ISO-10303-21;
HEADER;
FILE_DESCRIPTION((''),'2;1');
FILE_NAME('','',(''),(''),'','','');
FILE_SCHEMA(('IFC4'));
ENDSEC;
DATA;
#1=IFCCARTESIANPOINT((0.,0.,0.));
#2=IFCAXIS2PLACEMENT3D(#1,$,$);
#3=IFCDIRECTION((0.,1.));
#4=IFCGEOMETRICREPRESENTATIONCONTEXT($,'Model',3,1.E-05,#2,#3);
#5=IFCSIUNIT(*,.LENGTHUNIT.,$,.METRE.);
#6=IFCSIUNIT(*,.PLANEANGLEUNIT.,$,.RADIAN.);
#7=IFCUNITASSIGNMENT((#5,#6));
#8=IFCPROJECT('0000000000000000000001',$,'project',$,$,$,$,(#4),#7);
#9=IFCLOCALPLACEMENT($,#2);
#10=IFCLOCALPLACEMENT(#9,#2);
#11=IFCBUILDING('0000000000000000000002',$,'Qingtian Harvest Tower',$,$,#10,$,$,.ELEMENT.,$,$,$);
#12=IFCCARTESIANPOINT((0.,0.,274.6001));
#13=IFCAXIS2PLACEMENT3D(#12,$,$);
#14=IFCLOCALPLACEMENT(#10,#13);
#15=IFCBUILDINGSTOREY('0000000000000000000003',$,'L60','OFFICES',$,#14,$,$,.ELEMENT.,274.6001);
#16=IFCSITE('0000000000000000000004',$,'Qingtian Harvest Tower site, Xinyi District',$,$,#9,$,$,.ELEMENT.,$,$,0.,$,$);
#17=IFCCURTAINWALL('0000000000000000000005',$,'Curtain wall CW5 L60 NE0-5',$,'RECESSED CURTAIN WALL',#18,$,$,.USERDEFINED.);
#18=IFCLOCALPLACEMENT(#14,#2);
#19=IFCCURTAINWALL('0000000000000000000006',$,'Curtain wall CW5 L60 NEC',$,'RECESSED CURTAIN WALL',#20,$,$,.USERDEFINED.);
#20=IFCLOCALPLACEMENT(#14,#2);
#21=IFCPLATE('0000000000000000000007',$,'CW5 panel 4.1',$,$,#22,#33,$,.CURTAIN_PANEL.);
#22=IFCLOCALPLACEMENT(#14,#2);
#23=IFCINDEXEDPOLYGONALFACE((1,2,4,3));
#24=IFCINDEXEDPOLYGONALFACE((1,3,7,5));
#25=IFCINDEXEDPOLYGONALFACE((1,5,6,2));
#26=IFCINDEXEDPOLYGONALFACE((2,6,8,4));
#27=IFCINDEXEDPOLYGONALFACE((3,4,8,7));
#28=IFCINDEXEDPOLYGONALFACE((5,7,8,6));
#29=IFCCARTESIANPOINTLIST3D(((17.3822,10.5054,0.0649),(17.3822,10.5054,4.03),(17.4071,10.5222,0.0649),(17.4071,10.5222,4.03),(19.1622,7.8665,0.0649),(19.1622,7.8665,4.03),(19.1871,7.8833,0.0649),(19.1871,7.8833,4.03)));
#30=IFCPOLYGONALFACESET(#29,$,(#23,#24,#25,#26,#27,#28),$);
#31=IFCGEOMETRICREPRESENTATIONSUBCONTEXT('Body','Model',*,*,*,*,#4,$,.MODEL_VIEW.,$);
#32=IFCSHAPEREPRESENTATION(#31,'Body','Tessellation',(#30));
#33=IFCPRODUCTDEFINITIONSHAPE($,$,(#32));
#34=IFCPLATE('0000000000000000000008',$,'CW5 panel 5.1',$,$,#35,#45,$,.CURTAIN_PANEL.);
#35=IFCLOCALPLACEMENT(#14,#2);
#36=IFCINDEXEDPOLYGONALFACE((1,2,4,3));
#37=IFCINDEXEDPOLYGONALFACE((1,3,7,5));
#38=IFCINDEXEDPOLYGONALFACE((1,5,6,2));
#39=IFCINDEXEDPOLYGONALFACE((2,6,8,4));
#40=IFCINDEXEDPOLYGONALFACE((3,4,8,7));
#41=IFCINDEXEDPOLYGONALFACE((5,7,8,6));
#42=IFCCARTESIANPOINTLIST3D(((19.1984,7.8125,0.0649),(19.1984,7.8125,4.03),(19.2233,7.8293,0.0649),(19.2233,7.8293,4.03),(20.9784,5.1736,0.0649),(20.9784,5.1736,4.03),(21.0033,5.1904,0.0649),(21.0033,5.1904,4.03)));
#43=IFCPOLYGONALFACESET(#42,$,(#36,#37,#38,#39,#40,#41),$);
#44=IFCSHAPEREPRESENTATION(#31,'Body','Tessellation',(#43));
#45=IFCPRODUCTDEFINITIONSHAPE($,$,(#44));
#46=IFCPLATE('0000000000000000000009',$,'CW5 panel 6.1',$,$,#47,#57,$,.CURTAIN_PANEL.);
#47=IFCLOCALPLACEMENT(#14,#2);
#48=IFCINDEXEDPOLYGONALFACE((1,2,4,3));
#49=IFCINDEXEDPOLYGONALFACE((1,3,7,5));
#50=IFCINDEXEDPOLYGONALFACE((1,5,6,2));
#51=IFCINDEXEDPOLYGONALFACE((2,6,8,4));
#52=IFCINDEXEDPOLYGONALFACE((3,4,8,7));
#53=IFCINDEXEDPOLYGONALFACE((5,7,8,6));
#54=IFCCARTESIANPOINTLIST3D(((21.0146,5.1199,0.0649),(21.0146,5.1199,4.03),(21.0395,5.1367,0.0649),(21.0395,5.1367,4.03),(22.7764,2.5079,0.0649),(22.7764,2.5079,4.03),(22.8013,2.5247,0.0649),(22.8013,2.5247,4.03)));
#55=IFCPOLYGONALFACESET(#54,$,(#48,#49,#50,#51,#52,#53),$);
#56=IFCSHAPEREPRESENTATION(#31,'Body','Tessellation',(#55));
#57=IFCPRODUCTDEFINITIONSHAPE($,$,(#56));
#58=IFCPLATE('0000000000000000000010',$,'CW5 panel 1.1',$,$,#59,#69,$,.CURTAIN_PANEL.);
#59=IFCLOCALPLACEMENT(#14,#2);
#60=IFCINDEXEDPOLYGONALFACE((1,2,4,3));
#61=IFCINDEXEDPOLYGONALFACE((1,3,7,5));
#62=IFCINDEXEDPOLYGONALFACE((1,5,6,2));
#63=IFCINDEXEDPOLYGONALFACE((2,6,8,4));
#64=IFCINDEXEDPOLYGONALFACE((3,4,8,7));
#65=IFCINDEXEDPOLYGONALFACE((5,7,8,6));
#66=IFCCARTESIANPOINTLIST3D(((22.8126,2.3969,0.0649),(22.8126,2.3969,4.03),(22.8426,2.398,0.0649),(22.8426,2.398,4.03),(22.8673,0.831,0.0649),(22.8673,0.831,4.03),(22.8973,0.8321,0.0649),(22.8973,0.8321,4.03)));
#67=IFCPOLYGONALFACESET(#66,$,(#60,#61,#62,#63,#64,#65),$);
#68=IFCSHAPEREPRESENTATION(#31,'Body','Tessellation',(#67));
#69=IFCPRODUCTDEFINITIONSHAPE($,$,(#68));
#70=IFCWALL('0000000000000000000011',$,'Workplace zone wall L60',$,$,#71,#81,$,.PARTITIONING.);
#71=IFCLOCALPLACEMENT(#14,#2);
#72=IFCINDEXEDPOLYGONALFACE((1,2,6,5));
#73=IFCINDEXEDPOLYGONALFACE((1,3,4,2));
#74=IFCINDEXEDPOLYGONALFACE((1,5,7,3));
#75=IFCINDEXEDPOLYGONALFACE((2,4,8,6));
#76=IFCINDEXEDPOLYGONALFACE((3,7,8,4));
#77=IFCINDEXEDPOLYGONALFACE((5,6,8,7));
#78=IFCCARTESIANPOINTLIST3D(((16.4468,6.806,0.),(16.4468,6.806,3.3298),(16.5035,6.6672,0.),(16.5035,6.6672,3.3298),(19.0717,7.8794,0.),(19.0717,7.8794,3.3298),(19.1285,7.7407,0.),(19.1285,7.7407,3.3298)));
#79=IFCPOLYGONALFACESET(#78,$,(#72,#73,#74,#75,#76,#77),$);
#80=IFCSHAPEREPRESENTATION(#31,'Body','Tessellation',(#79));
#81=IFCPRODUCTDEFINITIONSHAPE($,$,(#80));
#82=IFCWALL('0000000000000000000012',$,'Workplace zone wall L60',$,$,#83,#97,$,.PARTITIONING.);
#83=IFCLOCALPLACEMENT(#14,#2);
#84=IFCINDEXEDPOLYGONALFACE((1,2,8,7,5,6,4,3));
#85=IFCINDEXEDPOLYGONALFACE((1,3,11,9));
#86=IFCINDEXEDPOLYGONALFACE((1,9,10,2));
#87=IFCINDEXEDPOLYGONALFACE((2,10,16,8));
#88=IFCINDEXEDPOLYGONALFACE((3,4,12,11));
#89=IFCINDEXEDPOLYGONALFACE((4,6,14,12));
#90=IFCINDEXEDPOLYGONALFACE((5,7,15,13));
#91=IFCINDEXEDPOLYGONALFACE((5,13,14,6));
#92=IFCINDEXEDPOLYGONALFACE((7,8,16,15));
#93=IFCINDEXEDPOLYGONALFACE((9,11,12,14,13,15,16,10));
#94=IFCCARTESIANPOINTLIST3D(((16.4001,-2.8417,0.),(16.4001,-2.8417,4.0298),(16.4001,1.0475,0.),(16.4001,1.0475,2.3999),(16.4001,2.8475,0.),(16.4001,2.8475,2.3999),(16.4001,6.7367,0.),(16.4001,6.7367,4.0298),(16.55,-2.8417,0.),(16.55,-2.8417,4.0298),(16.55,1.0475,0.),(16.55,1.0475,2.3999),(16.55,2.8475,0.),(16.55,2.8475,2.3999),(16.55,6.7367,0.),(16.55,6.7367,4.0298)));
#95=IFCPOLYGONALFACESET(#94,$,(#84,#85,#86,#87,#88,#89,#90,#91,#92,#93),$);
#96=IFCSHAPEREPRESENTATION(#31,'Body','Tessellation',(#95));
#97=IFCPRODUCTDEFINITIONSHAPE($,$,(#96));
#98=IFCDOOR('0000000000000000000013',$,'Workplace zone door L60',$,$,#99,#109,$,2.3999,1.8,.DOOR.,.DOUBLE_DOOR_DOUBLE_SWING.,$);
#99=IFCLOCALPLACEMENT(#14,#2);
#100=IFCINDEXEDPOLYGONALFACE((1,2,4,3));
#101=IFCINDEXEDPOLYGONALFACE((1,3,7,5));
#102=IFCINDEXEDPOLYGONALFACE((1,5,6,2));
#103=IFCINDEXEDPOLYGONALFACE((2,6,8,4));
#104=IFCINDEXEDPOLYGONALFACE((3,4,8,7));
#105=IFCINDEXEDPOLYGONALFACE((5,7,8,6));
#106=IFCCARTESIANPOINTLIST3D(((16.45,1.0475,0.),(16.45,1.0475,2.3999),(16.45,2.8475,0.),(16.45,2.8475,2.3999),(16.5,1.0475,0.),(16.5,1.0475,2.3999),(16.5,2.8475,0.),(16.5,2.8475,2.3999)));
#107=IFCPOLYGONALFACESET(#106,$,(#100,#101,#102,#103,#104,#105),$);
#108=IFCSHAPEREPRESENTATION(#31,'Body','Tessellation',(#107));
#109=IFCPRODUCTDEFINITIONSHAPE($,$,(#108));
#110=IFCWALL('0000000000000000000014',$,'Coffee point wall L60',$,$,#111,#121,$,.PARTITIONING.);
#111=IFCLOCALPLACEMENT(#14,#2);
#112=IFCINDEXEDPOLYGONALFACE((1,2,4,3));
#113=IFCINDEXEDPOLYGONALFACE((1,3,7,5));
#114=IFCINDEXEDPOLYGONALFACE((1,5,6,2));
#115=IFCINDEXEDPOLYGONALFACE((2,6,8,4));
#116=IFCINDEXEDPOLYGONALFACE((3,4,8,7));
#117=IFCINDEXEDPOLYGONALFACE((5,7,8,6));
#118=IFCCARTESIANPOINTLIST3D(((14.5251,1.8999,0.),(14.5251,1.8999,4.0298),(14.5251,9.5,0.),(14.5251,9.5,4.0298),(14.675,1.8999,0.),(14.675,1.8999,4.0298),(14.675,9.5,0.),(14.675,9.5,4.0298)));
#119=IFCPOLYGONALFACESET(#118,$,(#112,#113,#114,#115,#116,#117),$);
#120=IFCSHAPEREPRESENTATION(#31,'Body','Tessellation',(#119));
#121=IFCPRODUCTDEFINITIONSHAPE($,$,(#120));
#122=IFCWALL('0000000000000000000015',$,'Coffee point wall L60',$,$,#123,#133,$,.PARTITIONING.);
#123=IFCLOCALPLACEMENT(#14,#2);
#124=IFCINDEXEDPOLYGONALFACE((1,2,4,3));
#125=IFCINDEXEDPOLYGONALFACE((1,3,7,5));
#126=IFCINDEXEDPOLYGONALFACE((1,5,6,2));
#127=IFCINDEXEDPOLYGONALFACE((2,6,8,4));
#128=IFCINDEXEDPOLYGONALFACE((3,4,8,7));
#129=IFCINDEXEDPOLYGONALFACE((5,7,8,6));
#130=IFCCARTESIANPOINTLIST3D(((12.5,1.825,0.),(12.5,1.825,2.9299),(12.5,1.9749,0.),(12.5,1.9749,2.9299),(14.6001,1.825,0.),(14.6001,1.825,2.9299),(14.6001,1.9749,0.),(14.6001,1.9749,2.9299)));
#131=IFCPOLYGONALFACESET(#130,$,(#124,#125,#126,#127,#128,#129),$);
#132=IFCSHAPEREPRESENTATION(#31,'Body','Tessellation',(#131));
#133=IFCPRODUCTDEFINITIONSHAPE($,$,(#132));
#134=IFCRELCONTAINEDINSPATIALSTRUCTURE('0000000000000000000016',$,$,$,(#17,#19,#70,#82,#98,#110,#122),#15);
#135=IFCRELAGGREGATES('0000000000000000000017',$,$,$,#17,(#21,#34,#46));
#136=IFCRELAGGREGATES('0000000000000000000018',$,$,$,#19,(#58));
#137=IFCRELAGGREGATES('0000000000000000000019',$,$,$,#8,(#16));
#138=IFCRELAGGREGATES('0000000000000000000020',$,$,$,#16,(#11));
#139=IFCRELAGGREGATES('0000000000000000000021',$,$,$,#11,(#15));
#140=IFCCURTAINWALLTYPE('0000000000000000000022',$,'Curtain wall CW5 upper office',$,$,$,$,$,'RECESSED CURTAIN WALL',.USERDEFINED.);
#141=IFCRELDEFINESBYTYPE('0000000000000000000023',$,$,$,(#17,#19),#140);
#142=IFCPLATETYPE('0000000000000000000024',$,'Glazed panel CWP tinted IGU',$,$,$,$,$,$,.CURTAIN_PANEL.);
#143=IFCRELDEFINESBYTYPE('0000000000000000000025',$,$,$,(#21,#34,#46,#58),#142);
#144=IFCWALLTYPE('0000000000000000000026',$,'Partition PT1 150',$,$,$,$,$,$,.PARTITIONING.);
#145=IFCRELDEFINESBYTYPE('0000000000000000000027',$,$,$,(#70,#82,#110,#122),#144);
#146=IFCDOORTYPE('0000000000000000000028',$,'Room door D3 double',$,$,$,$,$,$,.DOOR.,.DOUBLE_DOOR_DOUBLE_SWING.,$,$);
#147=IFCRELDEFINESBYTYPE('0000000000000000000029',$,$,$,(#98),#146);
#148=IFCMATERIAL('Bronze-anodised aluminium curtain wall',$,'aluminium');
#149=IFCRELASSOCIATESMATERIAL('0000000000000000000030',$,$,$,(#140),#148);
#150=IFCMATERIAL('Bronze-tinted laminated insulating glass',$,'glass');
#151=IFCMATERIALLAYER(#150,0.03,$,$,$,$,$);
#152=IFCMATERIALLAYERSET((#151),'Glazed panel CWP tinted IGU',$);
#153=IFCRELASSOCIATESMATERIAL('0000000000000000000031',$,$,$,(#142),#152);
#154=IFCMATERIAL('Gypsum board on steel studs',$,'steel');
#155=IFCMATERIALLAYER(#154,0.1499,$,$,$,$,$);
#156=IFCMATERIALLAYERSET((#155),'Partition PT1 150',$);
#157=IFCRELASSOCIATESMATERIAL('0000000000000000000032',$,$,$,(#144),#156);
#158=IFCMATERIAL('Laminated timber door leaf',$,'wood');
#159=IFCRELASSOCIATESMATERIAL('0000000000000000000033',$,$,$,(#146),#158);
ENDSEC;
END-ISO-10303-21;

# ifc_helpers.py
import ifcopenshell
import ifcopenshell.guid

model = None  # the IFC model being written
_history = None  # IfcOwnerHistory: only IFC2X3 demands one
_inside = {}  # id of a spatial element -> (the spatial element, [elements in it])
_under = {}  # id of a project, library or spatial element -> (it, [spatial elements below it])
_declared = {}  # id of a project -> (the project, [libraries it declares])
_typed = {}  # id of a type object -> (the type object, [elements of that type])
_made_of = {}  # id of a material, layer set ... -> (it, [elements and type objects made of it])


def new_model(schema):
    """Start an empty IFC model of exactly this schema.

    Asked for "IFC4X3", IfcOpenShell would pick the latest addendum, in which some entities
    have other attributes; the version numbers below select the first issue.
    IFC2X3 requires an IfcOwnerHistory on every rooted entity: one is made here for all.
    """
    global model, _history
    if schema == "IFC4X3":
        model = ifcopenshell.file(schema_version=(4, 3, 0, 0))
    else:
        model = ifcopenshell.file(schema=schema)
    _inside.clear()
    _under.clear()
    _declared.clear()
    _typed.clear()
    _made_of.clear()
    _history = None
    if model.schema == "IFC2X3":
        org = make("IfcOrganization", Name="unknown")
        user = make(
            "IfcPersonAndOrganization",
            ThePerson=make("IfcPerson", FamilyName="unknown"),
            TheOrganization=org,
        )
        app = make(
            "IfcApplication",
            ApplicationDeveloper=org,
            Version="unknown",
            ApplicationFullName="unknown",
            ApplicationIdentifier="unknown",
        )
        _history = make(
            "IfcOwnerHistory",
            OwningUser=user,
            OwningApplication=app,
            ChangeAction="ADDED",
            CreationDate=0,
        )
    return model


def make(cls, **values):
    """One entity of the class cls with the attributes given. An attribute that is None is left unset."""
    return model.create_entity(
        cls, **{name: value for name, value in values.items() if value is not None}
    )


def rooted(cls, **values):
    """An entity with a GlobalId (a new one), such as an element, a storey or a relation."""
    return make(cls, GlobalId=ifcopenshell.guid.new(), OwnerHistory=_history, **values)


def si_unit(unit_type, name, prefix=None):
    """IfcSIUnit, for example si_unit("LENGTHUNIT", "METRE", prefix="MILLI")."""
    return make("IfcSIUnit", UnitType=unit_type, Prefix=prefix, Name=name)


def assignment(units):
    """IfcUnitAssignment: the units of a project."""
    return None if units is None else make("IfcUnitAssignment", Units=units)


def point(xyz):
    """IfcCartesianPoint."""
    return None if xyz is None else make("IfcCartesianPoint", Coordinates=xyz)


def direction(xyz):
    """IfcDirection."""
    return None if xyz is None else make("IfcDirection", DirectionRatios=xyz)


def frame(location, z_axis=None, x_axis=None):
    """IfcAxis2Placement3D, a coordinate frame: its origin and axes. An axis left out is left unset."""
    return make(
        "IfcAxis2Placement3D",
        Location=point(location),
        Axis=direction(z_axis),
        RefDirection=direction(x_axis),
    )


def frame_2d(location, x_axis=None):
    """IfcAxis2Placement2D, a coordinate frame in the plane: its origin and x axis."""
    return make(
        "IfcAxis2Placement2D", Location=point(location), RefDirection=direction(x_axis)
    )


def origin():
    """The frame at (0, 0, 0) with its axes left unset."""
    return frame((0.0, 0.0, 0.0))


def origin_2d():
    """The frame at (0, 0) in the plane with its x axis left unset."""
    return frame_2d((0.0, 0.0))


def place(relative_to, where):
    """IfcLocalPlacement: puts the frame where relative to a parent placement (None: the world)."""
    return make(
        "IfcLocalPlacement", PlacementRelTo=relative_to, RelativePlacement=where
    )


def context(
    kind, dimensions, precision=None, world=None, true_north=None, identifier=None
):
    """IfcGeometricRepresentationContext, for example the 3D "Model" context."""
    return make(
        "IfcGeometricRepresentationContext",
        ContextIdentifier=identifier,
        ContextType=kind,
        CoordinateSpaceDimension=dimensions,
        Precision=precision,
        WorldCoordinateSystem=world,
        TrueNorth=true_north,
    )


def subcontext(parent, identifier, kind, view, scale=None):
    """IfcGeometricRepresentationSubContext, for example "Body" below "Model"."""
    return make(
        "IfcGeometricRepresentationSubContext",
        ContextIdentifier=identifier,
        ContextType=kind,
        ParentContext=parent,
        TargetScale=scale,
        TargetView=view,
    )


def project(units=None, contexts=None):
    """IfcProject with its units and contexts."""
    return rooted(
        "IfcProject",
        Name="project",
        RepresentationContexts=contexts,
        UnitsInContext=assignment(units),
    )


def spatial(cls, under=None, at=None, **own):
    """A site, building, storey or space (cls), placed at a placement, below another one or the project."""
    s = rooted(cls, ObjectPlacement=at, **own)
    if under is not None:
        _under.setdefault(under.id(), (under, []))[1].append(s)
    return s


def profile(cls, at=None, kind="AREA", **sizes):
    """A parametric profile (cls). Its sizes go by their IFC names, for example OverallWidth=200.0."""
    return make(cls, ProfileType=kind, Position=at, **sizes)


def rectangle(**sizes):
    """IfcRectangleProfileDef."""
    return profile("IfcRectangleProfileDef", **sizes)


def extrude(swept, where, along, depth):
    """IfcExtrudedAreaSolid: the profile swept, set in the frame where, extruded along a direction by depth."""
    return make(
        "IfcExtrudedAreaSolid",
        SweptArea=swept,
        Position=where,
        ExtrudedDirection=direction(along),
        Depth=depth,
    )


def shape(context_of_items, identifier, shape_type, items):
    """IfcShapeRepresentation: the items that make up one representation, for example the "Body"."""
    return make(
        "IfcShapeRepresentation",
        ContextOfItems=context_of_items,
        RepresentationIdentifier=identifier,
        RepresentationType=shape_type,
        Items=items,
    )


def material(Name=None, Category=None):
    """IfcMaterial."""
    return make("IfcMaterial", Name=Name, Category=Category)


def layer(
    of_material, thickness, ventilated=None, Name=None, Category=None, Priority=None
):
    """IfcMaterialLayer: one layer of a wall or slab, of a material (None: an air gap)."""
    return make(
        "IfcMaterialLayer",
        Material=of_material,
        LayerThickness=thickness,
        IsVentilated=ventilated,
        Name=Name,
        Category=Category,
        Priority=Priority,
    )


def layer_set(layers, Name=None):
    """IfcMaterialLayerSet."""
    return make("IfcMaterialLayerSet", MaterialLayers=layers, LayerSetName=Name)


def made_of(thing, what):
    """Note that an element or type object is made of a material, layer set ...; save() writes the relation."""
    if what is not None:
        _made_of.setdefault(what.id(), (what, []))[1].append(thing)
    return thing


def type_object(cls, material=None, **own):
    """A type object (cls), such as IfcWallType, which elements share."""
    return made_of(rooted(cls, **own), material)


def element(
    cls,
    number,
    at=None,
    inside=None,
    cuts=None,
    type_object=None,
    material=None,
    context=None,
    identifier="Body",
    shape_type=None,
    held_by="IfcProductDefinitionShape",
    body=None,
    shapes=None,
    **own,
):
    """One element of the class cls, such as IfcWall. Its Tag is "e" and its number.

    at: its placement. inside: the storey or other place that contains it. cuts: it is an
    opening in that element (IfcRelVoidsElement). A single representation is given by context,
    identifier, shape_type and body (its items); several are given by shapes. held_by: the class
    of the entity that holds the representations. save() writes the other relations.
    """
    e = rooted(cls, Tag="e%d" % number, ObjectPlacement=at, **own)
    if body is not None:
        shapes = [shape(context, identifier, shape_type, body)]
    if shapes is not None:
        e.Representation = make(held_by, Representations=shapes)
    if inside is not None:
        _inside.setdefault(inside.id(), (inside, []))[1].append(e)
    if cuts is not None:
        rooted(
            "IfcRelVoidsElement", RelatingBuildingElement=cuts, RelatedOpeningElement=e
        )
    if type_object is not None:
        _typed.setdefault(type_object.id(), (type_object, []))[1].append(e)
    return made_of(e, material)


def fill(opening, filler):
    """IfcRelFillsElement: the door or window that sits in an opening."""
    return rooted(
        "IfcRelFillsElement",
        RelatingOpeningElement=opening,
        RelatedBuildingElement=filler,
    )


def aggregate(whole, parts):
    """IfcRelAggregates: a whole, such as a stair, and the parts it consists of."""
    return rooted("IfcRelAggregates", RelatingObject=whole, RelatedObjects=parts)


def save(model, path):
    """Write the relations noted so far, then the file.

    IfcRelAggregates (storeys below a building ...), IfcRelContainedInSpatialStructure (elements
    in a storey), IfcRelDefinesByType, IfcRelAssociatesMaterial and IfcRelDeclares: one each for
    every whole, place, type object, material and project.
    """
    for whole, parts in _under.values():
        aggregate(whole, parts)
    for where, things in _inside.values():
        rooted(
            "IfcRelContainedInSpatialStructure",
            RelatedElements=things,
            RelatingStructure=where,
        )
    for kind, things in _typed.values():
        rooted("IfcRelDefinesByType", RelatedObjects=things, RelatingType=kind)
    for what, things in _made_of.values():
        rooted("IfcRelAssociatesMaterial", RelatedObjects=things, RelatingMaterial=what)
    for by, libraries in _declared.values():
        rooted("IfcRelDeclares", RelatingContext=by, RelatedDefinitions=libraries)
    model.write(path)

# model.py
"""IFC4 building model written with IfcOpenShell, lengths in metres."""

from ifc_helpers import new_model, si_unit, direction, frame, frame_2d, origin, origin_2d, place, context, subcontext, project, spatial, rectangle, extrude, material, layer, layer_set, type_object, element, fill, aggregate, save


model = new_model("IFC4")

# Units and contexts
model_context = context("Model", 3, precision=1e-05, world=origin(), true_north=direction((0.0, 1.0)))
body_context = subcontext(model_context, "Body", "Model", "MODEL_VIEW")
ifc_project = project(units=[si_unit("LENGTHUNIT", "METRE"), si_unit("PLANEANGLEUNIT", "RADIAN")], contexts=[model_context])

# Site, building, storey
site_placement = place(None, origin())
site = spatial("IfcSite", under=ifc_project, at=site_placement, Name="Qingtian Harvest Tower site, Xinyi District", CompositionType="ELEMENT", RefElevation=0.0)
building_placement = place(site_placement, origin())
building = spatial("IfcBuilding", under=site, at=building_placement, Name="Qingtian Harvest Tower", CompositionType="ELEMENT")
storey_placement = place(building_placement, frame((0.0, 0.0, 274.6001)))
storey = spatial("IfcBuildingStorey", under=building, at=storey_placement, Name="L60", Description="OFFICES", CompositionType="ELEMENT", Elevation=274.6001)

# Curtain walls
ifc_material_1 = material(Name="Bronze-anodised aluminium curtain wall", Category="aluminium")
curtain_wall_type = type_object("IfcCurtainWallType", Name="Curtain wall CW5 upper office", ElementType="RECESSED CURTAIN WALL", PredefinedType="USERDEFINED", material=ifc_material_1)
curtain_wall_1_placement = place(storey_placement, origin())
curtain_wall_1 = element("IfcCurtainWall", 1, at=curtain_wall_1_placement, inside=storey, type_object=curtain_wall_type, Name="Curtain wall CW5 L60 NE0-5", ObjectType="RECESSED CURTAIN WALL", PredefinedType="USERDEFINED")
curtain_wall_2_placement = place(storey_placement, origin())
curtain_wall_2 = element("IfcCurtainWall", 2, at=curtain_wall_2_placement, inside=storey, type_object=curtain_wall_type, Name="Curtain wall CW5 L60 NEC", ObjectType="RECESSED CURTAIN WALL", PredefinedType="USERDEFINED")

# Plates
ifc_material_2 = material(Name="Bronze-tinted laminated insulating glass", Category="glass")
ifc_layer_1 = layer(ifc_material_2, 0.03)
ifc_layer_set_1 = layer_set([ifc_layer_1], Name="Glazed panel CWP tinted IGU")
plate_type = type_object("IfcPlateType", Name="Glazed panel CWP tinted IGU", PredefinedType="CURTAIN_PANEL", material=ifc_layer_set_1)
plate_1_placement = place(storey_placement, frame((18.2847, 9.1943, 0.0649), z_axis=(0.0, 0.0, 1.0), x_axis=(0.559193, -0.829038, 0.0)))
plate_1 = element("IfcPlate", 3, at=plate_1_placement, type_object=plate_type, Name="CW5 panel 4.1", PredefinedType="CURTAIN_PANEL", context=body_context, shape_type="SweptSolid", body=[
    extrude(rectangle(XDim=3.1831, YDim=0.03, at=origin_2d()), origin(), (0.0, 0.0, 1.0), 3.9651),
])
plate_2_placement = place(storey_placement, frame((20.1008, 6.5015, 0.0649), z_axis=(0.0, 0.0, 1.0), x_axis=(0.559193, -0.829038, 0.0)))
plate_2 = element("IfcPlate", 4, at=plate_2_placement, type_object=plate_type, Name="CW5 panel 5.1", PredefinedType="CURTAIN_PANEL", context=body_context, shape_type="SweptSolid", body=[
    extrude(rectangle(XDim=3.1831, YDim=0.03, at=origin_2d()), origin(), (0.0, 0.0, 1.0), 3.9651),
])
plate_3_placement = place(storey_placement, frame((21.908, 3.8223, 0.0649), z_axis=(0.0, 0.0, 1.0), x_axis=(0.559193, -0.829038, 0.0)))
plate_3 = element("IfcPlate", 5, at=plate_3_placement, type_object=plate_type, Name="CW5 panel 6.1", PredefinedType="CURTAIN_PANEL", context=body_context, shape_type="SweptSolid", body=[
    extrude(rectangle(XDim=3.1506, YDim=0.03, at=origin_2d()), origin(), (0.0, 0.0, 1.0), 3.9651),
])
aggregate(curtain_wall_1, [plate_1, plate_2, plate_3])
plate_4_placement = place(storey_placement, frame((22.855, 1.6145, 0.0649), z_axis=(0.0, 0.0, 1.0), x_axis=(0.034899, -0.999391, 0.0)))
plate_4 = element("IfcPlate", 6, at=plate_4_placement, type_object=plate_type, Name="CW5 panel 1.1", PredefinedType="CURTAIN_PANEL", context=body_context, shape_type="SweptSolid", body=[
    extrude(rectangle(XDim=1.5669, YDim=0.03, at=origin_2d()), origin(), (0.0, 0.0, 1.0), 3.9651),
])
aggregate(curtain_wall_2, [plate_4])

# Wall
ifc_material_3 = material(Name="Gypsum board on steel studs", Category="steel")
ifc_layer_2 = layer(ifc_material_3, 0.1499)
ifc_layer_set_2 = layer_set([ifc_layer_2], Name="Partition PT1 150")
wall_type = type_object("IfcWallType", Name="Partition PT1 150", PredefinedType="PARTITIONING", material=ifc_layer_set_2)
wall_1_placement = place(storey_placement, frame((19.1001, 7.8101, 0.0), z_axis=(0.0, 0.0, 1.0), x_axis=(-0.925594, -0.378519, 0.0)))
element("IfcWall", 7, at=wall_1_placement, inside=storey, type_object=wall_type, Name="Workplace zone wall L60", PredefinedType="PARTITIONING", context=body_context, shape_type="SweptSolid", body=[
    extrude(rectangle(XDim=2.8359, YDim=0.1499, at=frame_2d((1.418, 0.0))), origin(), (0.0, 0.0, 1.0), 3.3298),
])

# Wall, opening, door
wall_2_placement = place(storey_placement, frame((16.4751, 6.7366, 0.0), z_axis=(0.0, 0.0, 1.0), x_axis=(0.0, -1.0, 0.0)))
wall_2 = element("IfcWall", 8, at=wall_2_placement, inside=storey, type_object=wall_type, Name="Workplace zone wall L60", PredefinedType="PARTITIONING", context=body_context, shape_type="SweptSolid", body=[
    extrude(rectangle(XDim=9.5784, YDim=0.1499, at=frame_2d((4.7891, 0.0))), origin(), (0.0, 0.0, 1.0), 4.0298),
])
opening_placement = place(wall_2_placement, frame((3.8892, 0.0, 0.0)))
opening = element("IfcOpeningElement", 9, at=opening_placement, cuts=wall_2, PredefinedType="OPENING", context=body_context, shape_type="SweptSolid", body=[
    extrude(rectangle(XDim=1.8, YDim=2.3999, at=frame_2d((0.8999, 1.2))), frame((0.0, 0.085, 0.0), z_axis=(0.0, -1.0, 0.0), x_axis=(1.0, 0.0, 0.0)), (0.0, 0.0, 1.0), 0.1699),
])
ifc_material_4 = material(Name="Laminated timber door leaf", Category="wood")
door_type = type_object("IfcDoorType", Name="Room door D3 double", OperationType="DOUBLE_DOOR_DOUBLE_SWING", PredefinedType="DOOR", material=ifc_material_4)
door_placement = place(opening_placement, origin())
door = element("IfcDoor", 10, at=door_placement, inside=storey, type_object=door_type, Name="Workplace zone door L60", OperationType="DOUBLE_DOOR_DOUBLE_SWING", OverallHeight=2.3999, OverallWidth=1.8, PredefinedType="DOOR", context=body_context, shape_type="SweptSolid", body=[
    extrude(rectangle(XDim=1.8, YDim=2.3999, at=frame_2d((0.8999, 1.2))), frame((0.0, 0.0249, 0.0), z_axis=(0.0, -1.0, 0.0), x_axis=(1.0, 0.0, 0.0)), (0.0, 0.0, 1.0), 0.05),
])
fill(opening, door)

# Walls
wall_3_placement = place(storey_placement, frame((14.6001, 1.8999, 0.0), z_axis=(0.0, 0.0, 1.0), x_axis=(0.0, 1.0, 0.0)))
element("IfcWall", 11, at=wall_3_placement, inside=storey, type_object=wall_type, Name="Coffee point wall L60", PredefinedType="PARTITIONING", context=body_context, shape_type="SweptSolid", body=[
    extrude(rectangle(XDim=7.6001, YDim=0.1499, at=frame_2d((3.8, 0.0))), origin(), (0.0, 0.0, 1.0), 4.0298),
])
wall_4_placement = place(storey_placement, frame((12.5, 1.8999, 0.0), z_axis=(0.0, 0.0, 1.0), x_axis=(1.0, 0.0, 0.0)))
element("IfcWall", 12, at=wall_4_placement, inside=storey, type_object=wall_type, Name="Coffee point wall L60", PredefinedType="PARTITIONING", context=body_context, shape_type="SweptSolid", body=[
    extrude(rectangle(XDim=2.1001, YDim=0.1499, at=frame_2d((1.05, 0.0))), origin(), (0.0, 0.0, 1.0), 2.9299),
])

save(model, "model.ifc")
